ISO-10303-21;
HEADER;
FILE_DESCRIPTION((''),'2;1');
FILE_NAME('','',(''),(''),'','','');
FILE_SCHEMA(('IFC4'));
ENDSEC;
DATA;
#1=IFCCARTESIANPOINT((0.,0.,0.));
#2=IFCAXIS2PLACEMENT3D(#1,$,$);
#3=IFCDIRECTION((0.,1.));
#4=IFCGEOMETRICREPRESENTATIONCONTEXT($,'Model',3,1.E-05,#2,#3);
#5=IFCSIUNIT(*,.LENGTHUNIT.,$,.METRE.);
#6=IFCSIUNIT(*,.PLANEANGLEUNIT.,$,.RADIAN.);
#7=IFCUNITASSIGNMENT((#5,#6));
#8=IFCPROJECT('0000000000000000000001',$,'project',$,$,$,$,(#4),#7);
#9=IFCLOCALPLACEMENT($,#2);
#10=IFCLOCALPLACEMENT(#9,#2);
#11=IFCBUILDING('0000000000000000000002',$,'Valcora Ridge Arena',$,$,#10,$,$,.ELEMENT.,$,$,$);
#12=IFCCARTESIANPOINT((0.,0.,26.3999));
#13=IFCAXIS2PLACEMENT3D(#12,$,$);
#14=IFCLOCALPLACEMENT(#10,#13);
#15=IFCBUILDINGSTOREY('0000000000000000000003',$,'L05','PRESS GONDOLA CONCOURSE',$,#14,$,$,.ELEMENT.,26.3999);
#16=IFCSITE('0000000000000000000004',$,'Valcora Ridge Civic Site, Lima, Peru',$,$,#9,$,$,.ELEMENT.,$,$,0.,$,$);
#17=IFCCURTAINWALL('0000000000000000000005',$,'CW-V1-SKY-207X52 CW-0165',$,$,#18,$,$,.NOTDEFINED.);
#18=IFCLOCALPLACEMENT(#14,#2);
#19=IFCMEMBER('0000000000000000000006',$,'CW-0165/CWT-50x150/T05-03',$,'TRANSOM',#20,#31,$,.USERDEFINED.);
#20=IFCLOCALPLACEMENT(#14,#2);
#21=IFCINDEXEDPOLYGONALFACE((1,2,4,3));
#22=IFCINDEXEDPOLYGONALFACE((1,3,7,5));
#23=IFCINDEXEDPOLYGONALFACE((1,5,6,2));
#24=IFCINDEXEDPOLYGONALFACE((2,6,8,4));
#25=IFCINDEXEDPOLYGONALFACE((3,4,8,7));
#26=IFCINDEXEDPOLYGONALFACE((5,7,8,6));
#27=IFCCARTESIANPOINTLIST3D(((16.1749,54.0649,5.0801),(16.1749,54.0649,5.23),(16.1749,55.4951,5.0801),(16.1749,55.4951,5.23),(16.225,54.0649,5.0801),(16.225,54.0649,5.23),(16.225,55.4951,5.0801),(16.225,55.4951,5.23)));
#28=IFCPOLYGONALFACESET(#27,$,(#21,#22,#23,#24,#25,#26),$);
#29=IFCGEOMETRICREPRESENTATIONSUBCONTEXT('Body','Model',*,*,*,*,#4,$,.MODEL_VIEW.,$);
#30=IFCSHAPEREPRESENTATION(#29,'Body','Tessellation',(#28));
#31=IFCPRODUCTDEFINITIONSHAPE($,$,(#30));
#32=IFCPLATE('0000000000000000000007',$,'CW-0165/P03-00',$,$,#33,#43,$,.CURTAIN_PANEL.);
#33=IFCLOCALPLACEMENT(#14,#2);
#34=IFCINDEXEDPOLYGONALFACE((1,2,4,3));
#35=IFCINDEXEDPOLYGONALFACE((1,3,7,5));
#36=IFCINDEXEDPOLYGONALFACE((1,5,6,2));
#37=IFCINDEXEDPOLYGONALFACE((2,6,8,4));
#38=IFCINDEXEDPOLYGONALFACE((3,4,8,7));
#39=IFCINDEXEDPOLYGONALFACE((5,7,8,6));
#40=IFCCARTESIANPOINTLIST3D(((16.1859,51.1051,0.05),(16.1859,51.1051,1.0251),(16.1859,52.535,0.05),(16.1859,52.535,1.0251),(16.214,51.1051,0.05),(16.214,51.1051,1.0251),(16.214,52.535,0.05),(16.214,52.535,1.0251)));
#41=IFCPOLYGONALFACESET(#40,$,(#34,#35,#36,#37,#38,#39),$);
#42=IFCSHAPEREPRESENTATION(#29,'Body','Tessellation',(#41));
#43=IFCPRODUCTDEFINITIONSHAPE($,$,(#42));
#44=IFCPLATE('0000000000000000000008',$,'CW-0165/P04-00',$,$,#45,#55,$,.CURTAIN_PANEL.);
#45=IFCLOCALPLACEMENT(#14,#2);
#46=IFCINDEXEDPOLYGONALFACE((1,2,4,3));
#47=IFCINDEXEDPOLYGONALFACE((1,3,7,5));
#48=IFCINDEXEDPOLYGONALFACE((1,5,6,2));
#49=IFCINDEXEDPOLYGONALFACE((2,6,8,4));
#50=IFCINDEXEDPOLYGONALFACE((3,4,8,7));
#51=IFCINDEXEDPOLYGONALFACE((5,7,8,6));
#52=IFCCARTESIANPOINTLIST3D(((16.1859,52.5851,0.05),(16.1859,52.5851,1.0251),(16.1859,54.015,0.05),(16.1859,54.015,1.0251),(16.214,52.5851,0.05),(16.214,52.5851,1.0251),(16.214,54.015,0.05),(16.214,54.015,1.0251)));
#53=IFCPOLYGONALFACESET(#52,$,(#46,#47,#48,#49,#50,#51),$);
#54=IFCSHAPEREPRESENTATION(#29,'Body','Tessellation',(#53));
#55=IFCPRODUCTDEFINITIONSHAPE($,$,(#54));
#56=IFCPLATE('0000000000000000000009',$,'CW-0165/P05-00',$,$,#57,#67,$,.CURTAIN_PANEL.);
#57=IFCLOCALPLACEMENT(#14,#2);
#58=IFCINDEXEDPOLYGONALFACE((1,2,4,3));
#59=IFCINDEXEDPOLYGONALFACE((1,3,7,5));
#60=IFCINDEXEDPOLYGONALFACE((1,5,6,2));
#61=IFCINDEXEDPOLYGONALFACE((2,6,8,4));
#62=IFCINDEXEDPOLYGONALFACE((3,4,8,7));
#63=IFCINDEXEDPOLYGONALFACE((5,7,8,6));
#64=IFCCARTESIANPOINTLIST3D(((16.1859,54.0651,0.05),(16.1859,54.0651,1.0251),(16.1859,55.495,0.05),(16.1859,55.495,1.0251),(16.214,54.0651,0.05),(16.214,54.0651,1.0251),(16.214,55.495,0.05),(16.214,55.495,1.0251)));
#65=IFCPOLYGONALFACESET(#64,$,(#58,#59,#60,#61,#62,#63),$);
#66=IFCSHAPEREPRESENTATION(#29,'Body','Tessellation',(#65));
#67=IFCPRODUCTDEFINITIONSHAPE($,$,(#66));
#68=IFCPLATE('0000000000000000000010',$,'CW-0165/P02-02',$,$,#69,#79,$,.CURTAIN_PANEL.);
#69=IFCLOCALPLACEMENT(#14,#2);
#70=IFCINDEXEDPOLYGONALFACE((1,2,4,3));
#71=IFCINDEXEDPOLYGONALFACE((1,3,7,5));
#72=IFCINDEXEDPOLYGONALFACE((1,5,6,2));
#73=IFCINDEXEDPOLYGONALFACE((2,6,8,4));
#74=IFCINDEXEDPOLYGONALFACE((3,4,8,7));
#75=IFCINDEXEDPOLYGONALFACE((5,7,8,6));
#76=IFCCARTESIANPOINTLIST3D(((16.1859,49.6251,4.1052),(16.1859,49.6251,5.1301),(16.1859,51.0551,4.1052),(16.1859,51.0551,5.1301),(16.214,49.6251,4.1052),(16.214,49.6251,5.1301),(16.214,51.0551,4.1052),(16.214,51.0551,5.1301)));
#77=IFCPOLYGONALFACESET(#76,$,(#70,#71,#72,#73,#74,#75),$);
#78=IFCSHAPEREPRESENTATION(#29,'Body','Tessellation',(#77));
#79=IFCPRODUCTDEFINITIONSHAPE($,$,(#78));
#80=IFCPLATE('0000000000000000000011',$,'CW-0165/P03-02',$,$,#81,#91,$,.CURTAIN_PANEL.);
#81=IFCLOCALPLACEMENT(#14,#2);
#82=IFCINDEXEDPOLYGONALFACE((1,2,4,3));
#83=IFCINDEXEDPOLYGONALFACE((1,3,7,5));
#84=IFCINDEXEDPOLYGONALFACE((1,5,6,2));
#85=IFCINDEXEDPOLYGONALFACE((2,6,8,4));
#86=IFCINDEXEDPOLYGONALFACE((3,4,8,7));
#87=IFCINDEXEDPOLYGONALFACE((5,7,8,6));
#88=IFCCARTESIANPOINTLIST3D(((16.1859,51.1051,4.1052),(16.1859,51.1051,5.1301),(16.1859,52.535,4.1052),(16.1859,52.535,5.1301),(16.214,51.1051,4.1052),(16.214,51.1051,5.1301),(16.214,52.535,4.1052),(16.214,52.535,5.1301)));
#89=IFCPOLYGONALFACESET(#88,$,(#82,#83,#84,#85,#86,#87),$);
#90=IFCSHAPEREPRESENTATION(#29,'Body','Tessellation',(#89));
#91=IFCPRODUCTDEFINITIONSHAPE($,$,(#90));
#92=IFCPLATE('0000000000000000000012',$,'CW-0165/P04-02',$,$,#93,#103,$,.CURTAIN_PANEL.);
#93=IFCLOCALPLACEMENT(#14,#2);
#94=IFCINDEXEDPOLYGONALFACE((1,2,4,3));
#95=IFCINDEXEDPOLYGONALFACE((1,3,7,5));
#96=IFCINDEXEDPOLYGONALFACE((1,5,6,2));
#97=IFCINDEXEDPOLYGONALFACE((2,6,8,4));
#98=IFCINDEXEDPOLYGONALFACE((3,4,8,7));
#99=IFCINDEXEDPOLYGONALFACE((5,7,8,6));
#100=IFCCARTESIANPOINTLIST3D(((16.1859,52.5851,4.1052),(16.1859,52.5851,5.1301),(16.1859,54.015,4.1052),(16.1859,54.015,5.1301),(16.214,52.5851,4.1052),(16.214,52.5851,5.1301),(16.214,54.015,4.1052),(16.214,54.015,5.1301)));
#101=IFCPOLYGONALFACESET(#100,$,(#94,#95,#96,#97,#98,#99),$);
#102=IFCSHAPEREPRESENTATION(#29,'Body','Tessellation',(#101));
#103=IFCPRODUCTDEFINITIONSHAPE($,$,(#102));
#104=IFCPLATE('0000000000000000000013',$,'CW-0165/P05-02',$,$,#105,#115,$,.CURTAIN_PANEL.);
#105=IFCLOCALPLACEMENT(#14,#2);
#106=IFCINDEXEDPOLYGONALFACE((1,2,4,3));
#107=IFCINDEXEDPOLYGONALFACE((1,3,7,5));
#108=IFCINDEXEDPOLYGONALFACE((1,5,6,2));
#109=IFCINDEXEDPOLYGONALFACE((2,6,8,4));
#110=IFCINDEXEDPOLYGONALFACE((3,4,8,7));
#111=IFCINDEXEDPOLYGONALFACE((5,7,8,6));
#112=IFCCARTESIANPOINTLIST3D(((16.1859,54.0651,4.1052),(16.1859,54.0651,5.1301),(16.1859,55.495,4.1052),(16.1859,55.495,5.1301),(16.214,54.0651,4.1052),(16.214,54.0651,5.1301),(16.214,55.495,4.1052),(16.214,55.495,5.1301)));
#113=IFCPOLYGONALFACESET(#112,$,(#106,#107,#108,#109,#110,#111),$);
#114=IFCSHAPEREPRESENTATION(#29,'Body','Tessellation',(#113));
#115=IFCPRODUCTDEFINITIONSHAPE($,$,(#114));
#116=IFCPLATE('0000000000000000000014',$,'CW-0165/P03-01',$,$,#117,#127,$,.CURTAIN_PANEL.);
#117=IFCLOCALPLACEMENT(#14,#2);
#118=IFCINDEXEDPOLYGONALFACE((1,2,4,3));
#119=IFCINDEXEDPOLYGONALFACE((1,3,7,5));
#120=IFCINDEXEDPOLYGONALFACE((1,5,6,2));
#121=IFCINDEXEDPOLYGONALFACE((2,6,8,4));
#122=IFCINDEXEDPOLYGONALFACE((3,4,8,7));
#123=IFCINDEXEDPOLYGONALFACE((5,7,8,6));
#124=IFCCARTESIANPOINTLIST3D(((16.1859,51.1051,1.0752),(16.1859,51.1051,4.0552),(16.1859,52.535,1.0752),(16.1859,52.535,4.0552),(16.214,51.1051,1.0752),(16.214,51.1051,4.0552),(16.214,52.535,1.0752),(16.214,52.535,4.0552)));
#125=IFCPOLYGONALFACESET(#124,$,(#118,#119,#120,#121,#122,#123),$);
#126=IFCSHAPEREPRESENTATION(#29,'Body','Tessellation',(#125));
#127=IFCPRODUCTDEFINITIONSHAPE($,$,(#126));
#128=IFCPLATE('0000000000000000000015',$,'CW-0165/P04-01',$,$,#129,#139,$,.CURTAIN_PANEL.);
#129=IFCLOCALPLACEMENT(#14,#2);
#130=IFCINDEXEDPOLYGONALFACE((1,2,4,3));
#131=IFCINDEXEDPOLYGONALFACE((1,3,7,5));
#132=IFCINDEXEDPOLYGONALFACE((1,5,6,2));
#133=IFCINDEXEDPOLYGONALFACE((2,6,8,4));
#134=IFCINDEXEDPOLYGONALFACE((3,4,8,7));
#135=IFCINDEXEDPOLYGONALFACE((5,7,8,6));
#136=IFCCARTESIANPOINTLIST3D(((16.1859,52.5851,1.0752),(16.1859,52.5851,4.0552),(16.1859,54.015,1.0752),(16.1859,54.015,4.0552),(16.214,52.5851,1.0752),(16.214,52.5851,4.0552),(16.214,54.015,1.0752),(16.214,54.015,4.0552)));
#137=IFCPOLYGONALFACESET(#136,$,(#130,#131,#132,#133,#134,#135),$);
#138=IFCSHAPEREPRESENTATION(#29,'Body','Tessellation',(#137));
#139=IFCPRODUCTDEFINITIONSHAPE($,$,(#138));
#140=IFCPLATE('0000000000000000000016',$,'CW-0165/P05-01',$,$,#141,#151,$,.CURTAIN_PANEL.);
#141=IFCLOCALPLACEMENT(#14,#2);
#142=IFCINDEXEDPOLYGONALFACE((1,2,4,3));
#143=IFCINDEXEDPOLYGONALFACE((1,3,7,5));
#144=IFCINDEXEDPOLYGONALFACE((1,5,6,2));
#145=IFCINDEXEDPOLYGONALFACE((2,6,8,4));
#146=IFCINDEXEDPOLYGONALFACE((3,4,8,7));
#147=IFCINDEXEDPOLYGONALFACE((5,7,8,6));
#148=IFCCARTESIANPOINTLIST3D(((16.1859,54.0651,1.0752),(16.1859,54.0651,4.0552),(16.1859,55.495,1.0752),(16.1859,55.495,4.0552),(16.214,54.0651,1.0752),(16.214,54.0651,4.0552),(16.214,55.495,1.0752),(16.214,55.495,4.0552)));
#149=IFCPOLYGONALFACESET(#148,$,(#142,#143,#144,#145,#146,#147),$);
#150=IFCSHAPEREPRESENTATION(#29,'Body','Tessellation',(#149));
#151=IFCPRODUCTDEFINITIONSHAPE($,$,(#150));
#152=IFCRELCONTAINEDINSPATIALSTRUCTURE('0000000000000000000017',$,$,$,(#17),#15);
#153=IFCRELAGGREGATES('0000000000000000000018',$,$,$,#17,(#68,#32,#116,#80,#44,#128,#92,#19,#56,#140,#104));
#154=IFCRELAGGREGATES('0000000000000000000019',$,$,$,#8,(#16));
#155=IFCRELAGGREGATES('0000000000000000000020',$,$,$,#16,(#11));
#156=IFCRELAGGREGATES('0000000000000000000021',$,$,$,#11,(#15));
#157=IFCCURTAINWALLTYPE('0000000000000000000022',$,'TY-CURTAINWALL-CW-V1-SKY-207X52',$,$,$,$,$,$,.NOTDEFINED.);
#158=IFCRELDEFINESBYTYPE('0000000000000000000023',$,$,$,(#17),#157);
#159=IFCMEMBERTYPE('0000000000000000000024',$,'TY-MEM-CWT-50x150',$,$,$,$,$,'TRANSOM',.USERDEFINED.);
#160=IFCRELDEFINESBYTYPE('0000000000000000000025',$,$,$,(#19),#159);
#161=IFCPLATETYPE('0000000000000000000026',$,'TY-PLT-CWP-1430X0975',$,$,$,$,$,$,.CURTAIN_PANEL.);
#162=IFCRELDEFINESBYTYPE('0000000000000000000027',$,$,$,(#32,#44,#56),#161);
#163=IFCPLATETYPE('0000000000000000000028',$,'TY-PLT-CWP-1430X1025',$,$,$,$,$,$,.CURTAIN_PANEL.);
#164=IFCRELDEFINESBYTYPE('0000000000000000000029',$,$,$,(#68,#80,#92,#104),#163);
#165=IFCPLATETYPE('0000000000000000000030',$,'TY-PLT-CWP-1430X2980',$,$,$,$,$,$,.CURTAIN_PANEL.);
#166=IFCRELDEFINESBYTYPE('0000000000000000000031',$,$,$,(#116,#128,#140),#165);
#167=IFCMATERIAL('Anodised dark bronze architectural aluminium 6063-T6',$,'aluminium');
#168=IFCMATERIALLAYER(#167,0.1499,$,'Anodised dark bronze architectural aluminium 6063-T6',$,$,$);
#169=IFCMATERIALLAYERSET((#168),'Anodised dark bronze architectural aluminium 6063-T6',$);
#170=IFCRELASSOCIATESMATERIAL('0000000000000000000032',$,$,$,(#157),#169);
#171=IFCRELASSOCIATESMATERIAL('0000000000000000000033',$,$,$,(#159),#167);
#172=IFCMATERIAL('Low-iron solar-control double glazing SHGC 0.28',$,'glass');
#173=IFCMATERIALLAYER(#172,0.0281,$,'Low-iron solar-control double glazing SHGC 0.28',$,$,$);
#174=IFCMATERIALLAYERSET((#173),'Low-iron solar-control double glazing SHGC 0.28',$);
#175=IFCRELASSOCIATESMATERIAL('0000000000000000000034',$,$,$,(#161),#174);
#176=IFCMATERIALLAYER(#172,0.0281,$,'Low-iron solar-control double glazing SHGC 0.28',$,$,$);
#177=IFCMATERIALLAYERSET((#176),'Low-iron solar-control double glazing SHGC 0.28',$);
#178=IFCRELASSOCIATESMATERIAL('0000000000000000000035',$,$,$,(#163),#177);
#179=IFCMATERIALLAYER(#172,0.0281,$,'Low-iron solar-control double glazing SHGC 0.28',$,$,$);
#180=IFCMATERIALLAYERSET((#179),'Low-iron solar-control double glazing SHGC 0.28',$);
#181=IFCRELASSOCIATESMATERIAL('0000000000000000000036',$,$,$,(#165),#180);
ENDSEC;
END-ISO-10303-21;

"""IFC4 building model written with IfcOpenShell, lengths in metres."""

from ifc_helpers import new_model, si_unit, direction, frame, origin, origin_2d, place, context, subcontext, project, spatial, rectangle, extrude, material, layer, layer_set, material_profile, profile_set, type_object, element, aggregate, save


model = new_model("IFC4")

# Units and contexts
model_context = context("Model", 3, precision=1e-05, world=origin(), true_north=direction((0.0, 1.0)))
body_context = subcontext(model_context, "Body", "Model", "MODEL_VIEW")
ifc_project = project(units=[si_unit("LENGTHUNIT", "METRE"), si_unit("PLANEANGLEUNIT", "RADIAN")], contexts=[model_context])

# Site, building, storey
site_placement = place(None, origin())
site = spatial("IfcSite", under=ifc_project, at=site_placement, Name="Valcora Ridge Civic Site, Lima, Peru", CompositionType="ELEMENT", RefElevation=0.0)
building_placement = place(site_placement, origin())
building = spatial("IfcBuilding", under=site, at=building_placement, Name="Valcora Ridge Arena", CompositionType="ELEMENT")
storey_placement = place(building_placement, frame((0.0, 0.0, 26.3999)))
storey = spatial("IfcBuildingStorey", under=building, at=storey_placement, Name="L05", Description="PRESS GONDOLA CONCOURSE", CompositionType="ELEMENT", Elevation=26.3999)

# Curtain wall, member, plates
ifc_material_1 = material(Name="Anodised dark bronze architectural aluminium 6063-T6", Category="aluminium")
ifc_layer_1 = layer(ifc_material_1, 0.1499, Name="Anodised dark bronze architectural aluminium 6063-T6")
ifc_layer_set_1 = layer_set([ifc_layer_1], Name="Anodised dark bronze architectural aluminium 6063-T6")
curtain_wall_type = type_object("IfcCurtainWallType", Name="TY-CURTAINWALL-CW-V1-SKY-207X52", PredefinedType="NOTDEFINED", material=ifc_layer_set_1)
curtain_wall_placement = place(storey_placement, origin())
curtain_wall = element("IfcCurtainWall", 1, at=curtain_wall_placement, inside=storey, type_object=curtain_wall_type, Name="CW-V1-SKY-207X52 CW-0165", PredefinedType="NOTDEFINED")
ifc_material_profile_1 = material_profile(ifc_material_1, rectangle(XDim=0.05, YDim=0.1499, at=origin_2d()), Name="ALU TRANSOM 50x150")
ifc_profile_set_1 = profile_set([ifc_material_profile_1], Name="Anodised dark bronze architectural aluminium 6063-T6")
member_type_1 = type_object("IfcMemberType", Name="TY-MEM-CWT-50x150", ElementType="TRANSOM", PredefinedType="USERDEFINED", material=ifc_profile_set_1)
member_1_placement = place(storey_placement, frame((16.2, 54.0649, 5.155), z_axis=(0.0, 1.0, 0.0), x_axis=(-1.0, 0.0, 0.0)))
member_1 = element("IfcMember", 2, at=member_1_placement, type_object=member_type_1, Name="CW-0165/CWT-50x150/T05-03", ObjectType="TRANSOM", PredefinedType="USERDEFINED", context=body_context, shape_type="SweptSolid", body=[
    extrude(rectangle(XDim=0.05, YDim=0.1499, at=origin_2d()), origin(), (0.0, 0.0, 1.0), 1.4302),
])
ifc_material_2 = material(Name="Low-iron solar-control double glazing SHGC 0.28", Category="glass")
ifc_layer_2 = layer(ifc_material_2, 0.0281, Name="Low-iron solar-control double glazing SHGC 0.28")
ifc_layer_set_2 = layer_set([ifc_layer_2], Name="Low-iron solar-control double glazing SHGC 0.28")
plate_type_1 = type_object("IfcPlateType", Name="TY-PLT-CWP-1430X0975", PredefinedType="CURTAIN_PANEL", material=ifc_layer_set_2)
plate_1_placement = place(storey_placement, frame((16.2, 51.8201, 0.05), z_axis=(0.0, 0.0, 1.0), x_axis=(0.0, 1.0, 0.0)))
plate_1 = element("IfcPlate", 3, at=plate_1_placement, type_object=plate_type_1, Name="CW-0165/P03-00", PredefinedType="CURTAIN_PANEL", context=body_context, shape_type="SweptSolid", body=[
    extrude(rectangle(XDim=1.4299, YDim=0.0281, at=origin_2d()), origin(), (0.0, 0.0, 1.0), 0.9751),
])
plate_2_placement = place(storey_placement, frame((16.2, 53.3, 0.05), z_axis=(0.0, 0.0, 1.0), x_axis=(0.0, 1.0, 0.0)))
plate_2 = element("IfcPlate", 4, at=plate_2_placement, type_object=plate_type_1, Name="CW-0165/P04-00", PredefinedType="CURTAIN_PANEL", context=body_context, shape_type="SweptSolid", body=[
    extrude(rectangle(XDim=1.4299, YDim=0.0281, at=origin_2d()), origin(), (0.0, 0.0, 1.0), 0.9751),
])
plate_3_placement = place(storey_placement, frame((16.2, 54.78, 0.05), z_axis=(0.0, 0.0, 1.0), x_axis=(0.0, 1.0, 0.0)))
plate_3 = element("IfcPlate", 5, at=plate_3_placement, type_object=plate_type_1, Name="CW-0165/P05-00", PredefinedType="CURTAIN_PANEL", context=body_context, shape_type="SweptSolid", body=[
    extrude(rectangle(XDim=1.4299, YDim=0.0281, at=origin_2d()), origin(), (0.0, 0.0, 1.0), 0.9751),
])
ifc_layer_3 = layer(ifc_material_2, 0.0281, Name="Low-iron solar-control double glazing SHGC 0.28")
ifc_layer_set_3 = layer_set([ifc_layer_3], Name="Low-iron solar-control double glazing SHGC 0.28")
plate_type_2 = type_object("IfcPlateType", Name="TY-PLT-CWP-1430X1025", PredefinedType="CURTAIN_PANEL", material=ifc_layer_set_3)
plate_4_placement = place(storey_placement, frame((16.2, 50.3401, 4.1052), z_axis=(0.0, 0.0, 1.0), x_axis=(0.0, 1.0, 0.0)))
plate_4 = element("IfcPlate", 6, at=plate_4_placement, type_object=plate_type_2, Name="CW-0165/P02-02", PredefinedType="CURTAIN_PANEL", context=body_context, shape_type="SweptSolid", body=[
    extrude(rectangle(XDim=1.4299, YDim=0.0281, at=origin_2d()), origin(), (0.0, 0.0, 1.0), 1.0249),
])
plate_5_placement = place(storey_placement, frame((16.2, 51.8201, 4.1052), z_axis=(0.0, 0.0, 1.0), x_axis=(0.0, 1.0, 0.0)))
plate_5 = element("IfcPlate", 7, at=plate_5_placement, type_object=plate_type_2, Name="CW-0165/P03-02", PredefinedType="CURTAIN_PANEL", context=body_context, shape_type="SweptSolid", body=[
    extrude(rectangle(XDim=1.4299, YDim=0.0281, at=origin_2d()), origin(), (0.0, 0.0, 1.0), 1.0249),
])
plate_6_placement = place(storey_placement, frame((16.2, 53.3, 4.1052), z_axis=(0.0, 0.0, 1.0), x_axis=(0.0, 1.0, 0.0)))
plate_6 = element("IfcPlate", 8, at=plate_6_placement, type_object=plate_type_2, Name="CW-0165/P04-02", PredefinedType="CURTAIN_PANEL", context=body_context, shape_type="SweptSolid", body=[
    extrude(rectangle(XDim=1.4299, YDim=0.0281, at=origin_2d()), origin(), (0.0, 0.0, 1.0), 1.0249),
])
plate_7_placement = place(storey_placement, frame((16.2, 54.78, 4.1052), z_axis=(0.0, 0.0, 1.0), x_axis=(0.0, 1.0, 0.0)))
plate_7 = element("IfcPlate", 9, at=plate_7_placement, type_object=plate_type_2, Name="CW-0165/P05-02", PredefinedType="CURTAIN_PANEL", context=body_context, shape_type="SweptSolid", body=[
    extrude(rectangle(XDim=1.4299, YDim=0.0281, at=origin_2d()), origin(), (0.0, 0.0, 1.0), 1.0249),
])
ifc_layer_4 = layer(ifc_material_2, 0.0281, Name="Low-iron solar-control double glazing SHGC 0.28")
ifc_layer_set_4 = layer_set([ifc_layer_4], Name="Low-iron solar-control double glazing SHGC 0.28")
plate_type_3 = type_object("IfcPlateType", Name="TY-PLT-CWP-1430X2980", PredefinedType="CURTAIN_PANEL", material=ifc_layer_set_4)
plate_8_placement = place(storey_placement, frame((16.2, 51.8201, 1.0752), z_axis=(0.0, 0.0, 1.0), x_axis=(0.0, 1.0, 0.0)))
plate_8 = element("IfcPlate", 10, at=plate_8_placement, type_object=plate_type_3, Name="CW-0165/P03-01", PredefinedType="CURTAIN_PANEL", context=body_context, shape_type="SweptSolid", body=[
    extrude(rectangle(XDim=1.4299, YDim=0.0281, at=origin_2d()), origin(), (0.0, 0.0, 1.0), 2.98),
])
plate_9_placement = place(storey_placement, frame((16.2, 53.3, 1.0752), z_axis=(0.0, 0.0, 1.0), x_axis=(0.0, 1.0, 0.0)))
plate_9 = element("IfcPlate", 11, at=plate_9_placement, type_object=plate_type_3, Name="CW-0165/P04-01", PredefinedType="CURTAIN_PANEL", context=body_context, shape_type="SweptSolid", body=[
    extrude(rectangle(XDim=1.4299, YDim=0.0281, at=origin_2d()), origin(), (0.0, 0.0, 1.0), 2.98),
])
plate_10_placement = place(storey_placement, frame((16.2, 54.78, 1.0752), z_axis=(0.0, 0.0, 1.0), x_axis=(0.0, 1.0, 0.0)))
plate_10 = element("IfcPlate", 12, at=plate_10_placement, type_object=plate_type_3, Name="CW-0165/P05-01", PredefinedType="CURTAIN_PANEL", context=body_context, shape_type="SweptSolid", body=[
    extrude(rectangle(XDim=1.4299, YDim=0.0281, at=origin_2d()), origin(), (0.0, 0.0, 1.0), 2.98),
])
aggregate(curtain_wall, [plate_4, plate_1, plate_8, plate_5, plate_2, plate_9, plate_6, member_1, plate_3, plate_10, plate_7])

save(model, "model.ifc")
